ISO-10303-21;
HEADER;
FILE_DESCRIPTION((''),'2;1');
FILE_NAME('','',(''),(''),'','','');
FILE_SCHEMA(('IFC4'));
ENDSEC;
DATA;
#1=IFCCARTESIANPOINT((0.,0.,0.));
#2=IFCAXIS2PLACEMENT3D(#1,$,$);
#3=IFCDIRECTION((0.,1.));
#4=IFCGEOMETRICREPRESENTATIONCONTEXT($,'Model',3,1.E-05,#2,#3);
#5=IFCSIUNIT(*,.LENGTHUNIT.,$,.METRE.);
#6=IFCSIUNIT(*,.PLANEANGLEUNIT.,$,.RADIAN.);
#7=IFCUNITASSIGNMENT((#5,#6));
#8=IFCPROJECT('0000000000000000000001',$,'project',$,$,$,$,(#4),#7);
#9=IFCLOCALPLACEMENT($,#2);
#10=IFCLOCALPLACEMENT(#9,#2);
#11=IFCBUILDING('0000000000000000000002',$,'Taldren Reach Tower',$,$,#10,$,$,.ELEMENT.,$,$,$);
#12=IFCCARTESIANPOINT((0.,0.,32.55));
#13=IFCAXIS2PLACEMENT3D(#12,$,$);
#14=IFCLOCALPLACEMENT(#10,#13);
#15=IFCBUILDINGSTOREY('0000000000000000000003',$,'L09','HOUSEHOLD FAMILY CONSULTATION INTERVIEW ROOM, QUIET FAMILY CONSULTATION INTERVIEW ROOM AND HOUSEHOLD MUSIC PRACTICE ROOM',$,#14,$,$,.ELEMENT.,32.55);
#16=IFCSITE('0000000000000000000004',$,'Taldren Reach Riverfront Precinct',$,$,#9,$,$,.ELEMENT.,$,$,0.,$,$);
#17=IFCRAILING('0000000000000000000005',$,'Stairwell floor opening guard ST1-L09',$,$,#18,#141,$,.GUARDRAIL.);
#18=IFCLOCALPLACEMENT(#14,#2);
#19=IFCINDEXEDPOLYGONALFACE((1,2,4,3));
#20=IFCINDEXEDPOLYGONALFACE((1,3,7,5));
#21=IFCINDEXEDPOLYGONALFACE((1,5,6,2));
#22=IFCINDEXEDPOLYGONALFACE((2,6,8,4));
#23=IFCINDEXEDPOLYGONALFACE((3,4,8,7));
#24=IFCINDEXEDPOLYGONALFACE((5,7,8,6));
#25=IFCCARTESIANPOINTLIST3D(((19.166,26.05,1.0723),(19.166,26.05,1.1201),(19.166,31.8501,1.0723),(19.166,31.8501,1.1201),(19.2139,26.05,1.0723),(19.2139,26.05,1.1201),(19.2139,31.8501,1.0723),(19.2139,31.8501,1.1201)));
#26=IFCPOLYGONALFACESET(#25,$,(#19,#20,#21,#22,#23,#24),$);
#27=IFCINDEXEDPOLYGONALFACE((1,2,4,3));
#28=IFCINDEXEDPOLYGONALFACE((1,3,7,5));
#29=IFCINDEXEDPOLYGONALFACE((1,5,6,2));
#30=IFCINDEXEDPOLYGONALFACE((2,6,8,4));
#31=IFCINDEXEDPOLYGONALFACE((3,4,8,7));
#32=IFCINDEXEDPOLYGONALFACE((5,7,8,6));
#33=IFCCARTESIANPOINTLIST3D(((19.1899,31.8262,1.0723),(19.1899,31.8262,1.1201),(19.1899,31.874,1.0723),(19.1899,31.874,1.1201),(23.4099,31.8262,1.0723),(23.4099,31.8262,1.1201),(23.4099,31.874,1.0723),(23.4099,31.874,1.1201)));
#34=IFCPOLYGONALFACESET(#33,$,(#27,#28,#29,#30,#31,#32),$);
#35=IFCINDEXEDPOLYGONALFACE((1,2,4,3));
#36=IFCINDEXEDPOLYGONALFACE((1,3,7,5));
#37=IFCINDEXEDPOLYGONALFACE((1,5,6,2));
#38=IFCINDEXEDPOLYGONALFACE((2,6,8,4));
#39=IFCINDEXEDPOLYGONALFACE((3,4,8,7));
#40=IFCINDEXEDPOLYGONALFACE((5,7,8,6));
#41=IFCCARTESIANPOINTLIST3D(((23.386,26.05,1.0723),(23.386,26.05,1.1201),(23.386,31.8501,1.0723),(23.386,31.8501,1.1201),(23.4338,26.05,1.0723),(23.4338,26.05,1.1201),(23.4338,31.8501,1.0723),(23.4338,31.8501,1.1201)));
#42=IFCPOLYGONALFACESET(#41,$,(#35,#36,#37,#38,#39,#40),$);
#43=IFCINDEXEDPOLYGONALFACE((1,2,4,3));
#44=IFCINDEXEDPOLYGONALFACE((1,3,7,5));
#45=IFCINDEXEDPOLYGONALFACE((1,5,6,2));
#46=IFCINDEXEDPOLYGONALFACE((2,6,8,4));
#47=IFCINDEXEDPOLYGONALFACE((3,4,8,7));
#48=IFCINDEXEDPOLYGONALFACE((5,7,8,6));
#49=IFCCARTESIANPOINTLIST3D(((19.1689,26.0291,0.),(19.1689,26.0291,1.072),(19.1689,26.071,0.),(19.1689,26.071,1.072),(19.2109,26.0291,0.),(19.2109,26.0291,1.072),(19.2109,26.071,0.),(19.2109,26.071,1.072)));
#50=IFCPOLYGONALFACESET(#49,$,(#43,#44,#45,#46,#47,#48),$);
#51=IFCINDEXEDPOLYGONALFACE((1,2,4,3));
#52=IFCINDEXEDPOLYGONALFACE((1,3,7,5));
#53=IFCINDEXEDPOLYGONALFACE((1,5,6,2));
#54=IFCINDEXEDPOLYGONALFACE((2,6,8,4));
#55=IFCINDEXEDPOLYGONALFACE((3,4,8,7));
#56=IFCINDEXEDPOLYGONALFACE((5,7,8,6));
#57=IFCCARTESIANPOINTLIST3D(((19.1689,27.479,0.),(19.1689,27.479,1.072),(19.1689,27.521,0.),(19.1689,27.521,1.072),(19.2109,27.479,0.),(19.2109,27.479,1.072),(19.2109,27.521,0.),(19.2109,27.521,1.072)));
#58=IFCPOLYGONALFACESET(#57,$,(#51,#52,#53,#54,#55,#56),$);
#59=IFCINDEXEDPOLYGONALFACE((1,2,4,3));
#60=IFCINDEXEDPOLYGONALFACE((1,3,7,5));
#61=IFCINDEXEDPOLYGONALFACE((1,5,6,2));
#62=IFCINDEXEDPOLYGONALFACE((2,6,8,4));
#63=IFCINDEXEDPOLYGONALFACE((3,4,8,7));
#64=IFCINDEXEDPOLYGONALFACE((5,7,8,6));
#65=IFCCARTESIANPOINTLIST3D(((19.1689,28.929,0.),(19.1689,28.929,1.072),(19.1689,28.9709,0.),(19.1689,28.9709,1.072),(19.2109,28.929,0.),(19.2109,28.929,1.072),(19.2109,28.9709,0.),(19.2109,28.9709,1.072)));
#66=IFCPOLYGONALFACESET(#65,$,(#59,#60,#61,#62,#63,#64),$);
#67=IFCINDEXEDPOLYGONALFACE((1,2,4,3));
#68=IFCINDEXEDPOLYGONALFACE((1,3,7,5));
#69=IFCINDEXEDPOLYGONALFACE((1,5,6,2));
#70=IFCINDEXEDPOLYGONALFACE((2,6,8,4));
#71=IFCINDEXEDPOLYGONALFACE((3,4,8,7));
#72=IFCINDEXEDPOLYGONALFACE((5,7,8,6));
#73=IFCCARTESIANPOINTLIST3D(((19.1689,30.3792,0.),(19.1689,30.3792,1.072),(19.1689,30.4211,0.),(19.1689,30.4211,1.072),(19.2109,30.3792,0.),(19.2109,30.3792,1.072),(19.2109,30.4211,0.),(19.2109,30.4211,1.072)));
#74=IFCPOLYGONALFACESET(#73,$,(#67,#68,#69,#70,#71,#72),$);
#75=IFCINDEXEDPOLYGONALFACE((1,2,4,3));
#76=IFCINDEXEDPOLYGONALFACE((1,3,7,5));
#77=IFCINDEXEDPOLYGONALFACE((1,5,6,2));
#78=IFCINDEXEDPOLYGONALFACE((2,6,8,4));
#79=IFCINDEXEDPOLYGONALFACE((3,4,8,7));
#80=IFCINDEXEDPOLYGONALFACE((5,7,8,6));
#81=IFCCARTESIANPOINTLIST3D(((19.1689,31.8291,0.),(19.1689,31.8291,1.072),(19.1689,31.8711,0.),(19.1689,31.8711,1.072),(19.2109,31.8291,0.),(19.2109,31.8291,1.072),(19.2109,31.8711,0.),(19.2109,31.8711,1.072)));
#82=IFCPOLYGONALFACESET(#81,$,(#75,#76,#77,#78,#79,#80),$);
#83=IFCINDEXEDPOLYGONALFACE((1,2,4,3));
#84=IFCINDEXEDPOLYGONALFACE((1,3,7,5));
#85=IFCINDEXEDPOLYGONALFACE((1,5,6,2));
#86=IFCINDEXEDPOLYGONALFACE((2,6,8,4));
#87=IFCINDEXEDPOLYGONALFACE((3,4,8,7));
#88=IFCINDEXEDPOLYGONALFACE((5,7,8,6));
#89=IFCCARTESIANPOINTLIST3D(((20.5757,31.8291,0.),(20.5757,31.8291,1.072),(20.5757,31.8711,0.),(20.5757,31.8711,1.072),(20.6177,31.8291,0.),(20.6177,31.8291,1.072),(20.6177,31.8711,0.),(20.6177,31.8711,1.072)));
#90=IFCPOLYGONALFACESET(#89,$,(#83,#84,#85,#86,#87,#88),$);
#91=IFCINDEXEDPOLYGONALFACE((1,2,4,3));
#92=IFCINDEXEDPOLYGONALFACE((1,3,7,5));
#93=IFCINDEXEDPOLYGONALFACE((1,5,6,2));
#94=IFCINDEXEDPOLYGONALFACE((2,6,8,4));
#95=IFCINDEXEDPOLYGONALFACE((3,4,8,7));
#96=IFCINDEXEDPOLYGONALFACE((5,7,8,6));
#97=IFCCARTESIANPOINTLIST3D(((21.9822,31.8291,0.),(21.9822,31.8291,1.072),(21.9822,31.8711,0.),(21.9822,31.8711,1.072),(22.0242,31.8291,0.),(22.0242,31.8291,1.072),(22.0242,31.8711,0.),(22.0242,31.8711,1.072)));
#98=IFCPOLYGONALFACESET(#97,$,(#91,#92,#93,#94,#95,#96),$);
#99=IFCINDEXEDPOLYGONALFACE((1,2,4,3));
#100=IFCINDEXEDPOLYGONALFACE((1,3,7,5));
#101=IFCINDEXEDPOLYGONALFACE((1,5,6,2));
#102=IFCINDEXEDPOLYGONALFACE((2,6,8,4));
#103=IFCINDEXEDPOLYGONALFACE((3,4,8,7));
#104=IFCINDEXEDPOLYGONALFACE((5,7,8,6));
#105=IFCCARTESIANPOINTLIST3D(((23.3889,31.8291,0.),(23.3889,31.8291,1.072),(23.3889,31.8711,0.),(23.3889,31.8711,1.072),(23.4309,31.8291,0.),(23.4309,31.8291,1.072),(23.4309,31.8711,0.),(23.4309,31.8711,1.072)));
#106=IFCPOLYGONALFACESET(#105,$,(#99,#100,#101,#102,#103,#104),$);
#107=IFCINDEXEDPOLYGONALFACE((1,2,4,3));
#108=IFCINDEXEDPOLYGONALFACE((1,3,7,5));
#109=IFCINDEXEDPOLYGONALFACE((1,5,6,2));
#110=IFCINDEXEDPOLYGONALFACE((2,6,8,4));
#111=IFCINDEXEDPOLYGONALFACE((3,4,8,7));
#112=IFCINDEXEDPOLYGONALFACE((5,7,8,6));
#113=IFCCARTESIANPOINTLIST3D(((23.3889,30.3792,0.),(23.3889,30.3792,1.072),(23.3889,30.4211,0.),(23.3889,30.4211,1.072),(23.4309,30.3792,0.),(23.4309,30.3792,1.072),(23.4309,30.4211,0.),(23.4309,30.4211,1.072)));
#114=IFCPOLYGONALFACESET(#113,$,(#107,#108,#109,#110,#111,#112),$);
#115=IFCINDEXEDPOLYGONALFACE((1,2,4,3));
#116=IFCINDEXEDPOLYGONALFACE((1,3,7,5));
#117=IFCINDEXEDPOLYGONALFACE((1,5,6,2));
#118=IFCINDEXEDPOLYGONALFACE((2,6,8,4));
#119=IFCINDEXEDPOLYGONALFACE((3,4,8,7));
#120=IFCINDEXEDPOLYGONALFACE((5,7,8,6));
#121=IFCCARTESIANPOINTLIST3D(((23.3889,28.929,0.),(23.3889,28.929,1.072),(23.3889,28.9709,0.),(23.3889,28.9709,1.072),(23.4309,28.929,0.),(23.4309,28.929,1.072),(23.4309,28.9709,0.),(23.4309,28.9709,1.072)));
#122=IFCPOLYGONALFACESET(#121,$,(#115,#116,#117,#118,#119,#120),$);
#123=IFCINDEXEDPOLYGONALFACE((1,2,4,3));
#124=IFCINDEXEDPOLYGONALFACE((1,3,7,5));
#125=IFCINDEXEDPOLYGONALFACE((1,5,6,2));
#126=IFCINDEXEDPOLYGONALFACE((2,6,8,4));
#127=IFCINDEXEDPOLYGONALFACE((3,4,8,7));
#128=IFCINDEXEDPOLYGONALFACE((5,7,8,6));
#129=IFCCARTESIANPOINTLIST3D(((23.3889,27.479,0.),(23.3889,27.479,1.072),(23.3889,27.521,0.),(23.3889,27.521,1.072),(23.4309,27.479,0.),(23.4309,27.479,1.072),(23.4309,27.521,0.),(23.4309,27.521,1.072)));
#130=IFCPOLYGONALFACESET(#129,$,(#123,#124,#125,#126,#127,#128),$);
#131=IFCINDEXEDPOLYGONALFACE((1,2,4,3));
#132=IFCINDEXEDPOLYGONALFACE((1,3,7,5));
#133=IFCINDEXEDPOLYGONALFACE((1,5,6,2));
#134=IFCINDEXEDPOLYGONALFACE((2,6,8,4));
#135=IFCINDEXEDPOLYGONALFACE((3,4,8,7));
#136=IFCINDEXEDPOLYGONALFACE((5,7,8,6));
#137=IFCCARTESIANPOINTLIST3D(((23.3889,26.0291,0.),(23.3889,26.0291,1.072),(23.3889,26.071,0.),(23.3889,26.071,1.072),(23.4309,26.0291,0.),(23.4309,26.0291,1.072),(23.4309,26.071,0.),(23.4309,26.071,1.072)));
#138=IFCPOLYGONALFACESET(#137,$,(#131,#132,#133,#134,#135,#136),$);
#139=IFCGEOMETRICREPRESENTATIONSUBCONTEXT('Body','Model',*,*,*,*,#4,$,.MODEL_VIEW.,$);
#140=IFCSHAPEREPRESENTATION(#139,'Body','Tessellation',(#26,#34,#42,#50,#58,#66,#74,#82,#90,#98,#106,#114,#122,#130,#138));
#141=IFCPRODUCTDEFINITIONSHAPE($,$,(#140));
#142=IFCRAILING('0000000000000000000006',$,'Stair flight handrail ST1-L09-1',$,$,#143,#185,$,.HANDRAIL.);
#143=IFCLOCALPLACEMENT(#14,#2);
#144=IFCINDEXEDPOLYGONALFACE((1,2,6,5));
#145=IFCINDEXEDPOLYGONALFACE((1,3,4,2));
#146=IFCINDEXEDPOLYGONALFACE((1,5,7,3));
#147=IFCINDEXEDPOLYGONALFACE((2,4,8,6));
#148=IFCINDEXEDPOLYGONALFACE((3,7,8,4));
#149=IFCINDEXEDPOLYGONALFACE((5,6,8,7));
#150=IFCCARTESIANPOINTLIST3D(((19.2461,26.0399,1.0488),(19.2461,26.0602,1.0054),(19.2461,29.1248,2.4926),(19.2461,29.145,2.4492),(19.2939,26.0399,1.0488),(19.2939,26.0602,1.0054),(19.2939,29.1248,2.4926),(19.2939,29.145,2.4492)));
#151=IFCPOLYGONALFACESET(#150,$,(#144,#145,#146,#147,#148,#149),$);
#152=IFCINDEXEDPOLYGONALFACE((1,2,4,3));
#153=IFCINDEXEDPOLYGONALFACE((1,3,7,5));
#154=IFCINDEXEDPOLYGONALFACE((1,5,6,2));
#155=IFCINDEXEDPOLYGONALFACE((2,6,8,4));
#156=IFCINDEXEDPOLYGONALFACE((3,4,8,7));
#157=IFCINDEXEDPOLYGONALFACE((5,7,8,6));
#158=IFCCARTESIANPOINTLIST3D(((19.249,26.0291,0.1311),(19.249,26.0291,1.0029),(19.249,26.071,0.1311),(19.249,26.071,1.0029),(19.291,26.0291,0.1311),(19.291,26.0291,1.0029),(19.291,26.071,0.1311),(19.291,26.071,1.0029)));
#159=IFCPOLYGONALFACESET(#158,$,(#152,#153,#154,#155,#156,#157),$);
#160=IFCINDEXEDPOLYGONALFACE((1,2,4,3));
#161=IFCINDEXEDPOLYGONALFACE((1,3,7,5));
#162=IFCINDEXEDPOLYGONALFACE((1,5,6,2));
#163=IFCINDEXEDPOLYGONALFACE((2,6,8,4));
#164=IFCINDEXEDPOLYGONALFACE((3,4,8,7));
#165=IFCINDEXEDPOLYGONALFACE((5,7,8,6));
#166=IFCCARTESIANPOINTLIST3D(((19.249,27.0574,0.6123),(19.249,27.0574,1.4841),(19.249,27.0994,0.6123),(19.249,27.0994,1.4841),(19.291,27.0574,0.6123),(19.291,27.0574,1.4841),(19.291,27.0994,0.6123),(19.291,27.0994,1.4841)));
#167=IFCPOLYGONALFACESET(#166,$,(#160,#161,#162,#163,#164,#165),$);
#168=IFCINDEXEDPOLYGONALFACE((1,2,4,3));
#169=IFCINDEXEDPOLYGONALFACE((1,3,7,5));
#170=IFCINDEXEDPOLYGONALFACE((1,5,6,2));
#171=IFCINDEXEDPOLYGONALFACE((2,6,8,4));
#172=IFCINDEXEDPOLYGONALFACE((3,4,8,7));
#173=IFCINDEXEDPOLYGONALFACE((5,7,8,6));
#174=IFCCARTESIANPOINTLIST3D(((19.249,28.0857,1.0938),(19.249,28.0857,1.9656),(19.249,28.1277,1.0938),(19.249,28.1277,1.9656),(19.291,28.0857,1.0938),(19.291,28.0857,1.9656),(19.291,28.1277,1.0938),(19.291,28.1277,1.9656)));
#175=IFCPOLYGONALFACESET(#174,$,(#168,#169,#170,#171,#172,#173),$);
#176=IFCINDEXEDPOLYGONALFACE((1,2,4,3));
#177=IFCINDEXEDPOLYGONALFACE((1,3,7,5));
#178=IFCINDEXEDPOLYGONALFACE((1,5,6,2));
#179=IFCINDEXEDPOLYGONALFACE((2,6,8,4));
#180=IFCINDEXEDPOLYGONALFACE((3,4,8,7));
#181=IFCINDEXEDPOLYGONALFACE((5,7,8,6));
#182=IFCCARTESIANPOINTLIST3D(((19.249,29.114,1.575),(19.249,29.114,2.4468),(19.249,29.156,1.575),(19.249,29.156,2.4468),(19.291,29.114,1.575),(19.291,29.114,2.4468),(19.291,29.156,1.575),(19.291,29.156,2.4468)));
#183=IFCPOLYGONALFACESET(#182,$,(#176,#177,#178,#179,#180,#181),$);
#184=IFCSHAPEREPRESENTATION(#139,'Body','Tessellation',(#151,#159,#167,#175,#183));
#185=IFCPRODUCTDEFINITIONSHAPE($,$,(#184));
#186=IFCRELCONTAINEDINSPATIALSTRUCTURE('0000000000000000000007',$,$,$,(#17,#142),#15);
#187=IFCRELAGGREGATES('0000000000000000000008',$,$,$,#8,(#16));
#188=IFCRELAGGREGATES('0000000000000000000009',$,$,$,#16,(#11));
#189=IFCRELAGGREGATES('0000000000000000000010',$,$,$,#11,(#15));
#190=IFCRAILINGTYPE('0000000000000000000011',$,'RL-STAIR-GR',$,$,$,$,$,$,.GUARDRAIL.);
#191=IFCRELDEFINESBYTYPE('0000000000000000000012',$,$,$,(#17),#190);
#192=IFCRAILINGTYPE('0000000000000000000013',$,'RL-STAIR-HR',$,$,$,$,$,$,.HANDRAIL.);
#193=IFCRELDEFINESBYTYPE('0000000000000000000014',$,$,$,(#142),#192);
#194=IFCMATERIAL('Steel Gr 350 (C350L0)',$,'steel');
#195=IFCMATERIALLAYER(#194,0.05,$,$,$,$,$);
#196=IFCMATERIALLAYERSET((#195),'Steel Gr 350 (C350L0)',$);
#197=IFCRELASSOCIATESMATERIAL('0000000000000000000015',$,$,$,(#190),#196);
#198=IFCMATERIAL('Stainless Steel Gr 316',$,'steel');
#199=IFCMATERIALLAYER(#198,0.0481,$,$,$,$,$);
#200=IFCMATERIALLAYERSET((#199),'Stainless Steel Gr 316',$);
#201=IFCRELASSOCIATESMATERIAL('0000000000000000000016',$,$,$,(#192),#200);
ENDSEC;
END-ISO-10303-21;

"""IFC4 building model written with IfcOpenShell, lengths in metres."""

from ifc_helpers import new_model, si_unit, direction, frame, origin, origin_2d, place, context, subcontext, project, spatial, rectangle, extrude, material, layer, layer_set, type_object, element, save


model = new_model("IFC4")

# Units and contexts
model_context = context("Model", 3, precision=1e-05, world=origin(), true_north=direction((0.0, 1.0)))
body_context = subcontext(model_context, "Body", "Model", "MODEL_VIEW")
ifc_project = project(units=[si_unit("LENGTHUNIT", "METRE"), si_unit("PLANEANGLEUNIT", "RADIAN")], contexts=[model_context])

# Site, building, storey
site_placement = place(None, origin())
site = spatial("IfcSite", under=ifc_project, at=site_placement, Name="Taldren Reach Riverfront Precinct", CompositionType="ELEMENT", RefElevation=0.0)
building_placement = place(site_placement, origin())
building = spatial("IfcBuilding", under=site, at=building_placement, Name="Taldren Reach Tower", CompositionType="ELEMENT")
storey_placement = place(building_placement, frame((0.0, 0.0, 32.55)))
storey = spatial("IfcBuildingStorey", under=building, at=storey_placement, Name="L09", Description="HOUSEHOLD FAMILY CONSULTATION INTERVIEW ROOM, QUIET FAMILY CONSULTATION INTERVIEW ROOM AND HOUSEHOLD MUSIC PRACTICE ROOM", CompositionType="ELEMENT", Elevation=32.55)

# Railings
ifc_material_1 = material(Name="Steel Gr 350 (C350L0)", Category="steel")
ifc_layer_1 = layer(ifc_material_1, 0.05)
ifc_layer_set_1 = layer_set([ifc_layer_1], Name="Steel Gr 350 (C350L0)")
railing_type_1 = type_object("IfcRailingType", Name="RL-STAIR-GR", PredefinedType="GUARDRAIL", material=ifc_layer_set_1)
railing_1_placement = place(storey_placement, frame((19.1899, 26.05, 0.0)))
element("IfcRailing", 1, at=railing_1_placement, inside=storey, type_object=railing_type_1, Name="Stairwell floor opening guard ST1-L09", PredefinedType="GUARDRAIL", context=body_context, shape_type="SweptSolid", body=[
    extrude(rectangle(XDim=0.0479, YDim=0.0479, at=origin_2d()), frame((0.0, 0.0, 1.0962), z_axis=(0.0, 1.0, 0.0), x_axis=(-1.0, 0.0, 0.0)), (0.0, 0.0, 1.0), 5.8),
    extrude(rectangle(XDim=0.0479, YDim=0.0479, at=origin_2d()), frame((0.0, 5.8, 1.0962), z_axis=(1.0, 0.0, 0.0), x_axis=(0.0, 1.0, 0.0)), (0.0, 0.0, 1.0), 4.22),
    extrude(rectangle(XDim=0.0479, YDim=0.0479, at=origin_2d()), frame((4.22, 5.8, 1.0962), z_axis=(0.0, -1.0, 0.0), x_axis=(1.0, 0.0, 0.0)), (0.0, 0.0, 1.0), 5.8),
    extrude(rectangle(XDim=0.042, YDim=0.042, at=origin_2d()), origin(), (0.0, 0.0, 1.0), 1.072),
    extrude(rectangle(XDim=0.042, YDim=0.042, at=origin_2d()), frame((0.0, 1.45, 0.0)), (0.0, 0.0, 1.0), 1.072),
    extrude(rectangle(XDim=0.042, YDim=0.042, at=origin_2d()), frame((0.0, 2.8999, 0.0)), (0.0, 0.0, 1.0), 1.072),
    extrude(rectangle(XDim=0.042, YDim=0.042, at=origin_2d()), frame((0.0, 4.3501, 0.0)), (0.0, 0.0, 1.0), 1.072),
    extrude(rectangle(XDim=0.042, YDim=0.042, at=origin_2d()), frame((0.0, 5.8, 0.0)), (0.0, 0.0, 1.0), 1.072),
    extrude(rectangle(XDim=0.042, YDim=0.042, at=origin_2d()), frame((1.4067, 5.8, 0.0)), (0.0, 0.0, 1.0), 1.072),
    extrude(rectangle(XDim=0.042, YDim=0.042, at=origin_2d()), frame((2.8132, 5.8, 0.0)), (0.0, 0.0, 1.0), 1.072),
    extrude(rectangle(XDim=0.042, YDim=0.042, at=origin_2d()), frame((4.22, 5.8, 0.0)), (0.0, 0.0, 1.0), 1.072),
    extrude(rectangle(XDim=0.042, YDim=0.042, at=origin_2d()), frame((4.22, 4.3501, 0.0)), (0.0, 0.0, 1.0), 1.072),
    extrude(rectangle(XDim=0.042, YDim=0.042, at=origin_2d()), frame((4.22, 2.8999, 0.0)), (0.0, 0.0, 1.0), 1.072),
    extrude(rectangle(XDim=0.042, YDim=0.042, at=origin_2d()), frame((4.22, 1.45, 0.0)), (0.0, 0.0, 1.0), 1.072),
    extrude(rectangle(XDim=0.042, YDim=0.042, at=origin_2d()), frame((4.22, 0.0, 0.0)), (0.0, 0.0, 1.0), 1.072),
])
ifc_material_2 = material(Name="Stainless Steel Gr 316", Category="steel")
ifc_layer_2 = layer(ifc_material_2, 0.0481)
ifc_layer_set_2 = layer_set([ifc_layer_2], Name="Stainless Steel Gr 316")
railing_type_2 = type_object("IfcRailingType", Name="RL-STAIR-HR", PredefinedType="HANDRAIL", material=ifc_layer_set_2)
railing_2_placement = place(storey_placement, frame((19.27, 26.05, 0.1311)))
element("IfcRailing", 2, at=railing_2_placement, inside=storey, type_object=railing_type_2, Name="Stair flight handrail ST1-L09-1", PredefinedType="HANDRAIL", context=body_context, shape_type="SweptSolid", body=[
    extrude(rectangle(XDim=0.0479, YDim=0.0479, at=origin_2d()), frame((0.0, 0.0, 0.896), z_axis=(0.0, 0.90571, 0.423898), x_axis=(-1.0, 0.0, 0.0)), (0.0, 0.0, 1.0), 3.406),
    extrude(rectangle(XDim=0.042, YDim=0.042, at=origin_2d()), origin(), (0.0, 0.0, 1.0), 0.8718),
    extrude(rectangle(XDim=0.042, YDim=0.042, at=origin_2d()), frame((0.0, 1.0283, 0.4812)), (0.0, 0.0, 1.0), 0.8718),
    extrude(rectangle(XDim=0.042, YDim=0.042, at=origin_2d()), frame((0.0, 2.0566, 0.9626)), (0.0, 0.0, 1.0), 0.8718),
    extrude(rectangle(XDim=0.042, YDim=0.042, at=origin_2d()), frame((0.0, 3.085, 1.4438)), (0.0, 0.0, 1.0), 0.8718),
])

save(model, "model.ifc")
